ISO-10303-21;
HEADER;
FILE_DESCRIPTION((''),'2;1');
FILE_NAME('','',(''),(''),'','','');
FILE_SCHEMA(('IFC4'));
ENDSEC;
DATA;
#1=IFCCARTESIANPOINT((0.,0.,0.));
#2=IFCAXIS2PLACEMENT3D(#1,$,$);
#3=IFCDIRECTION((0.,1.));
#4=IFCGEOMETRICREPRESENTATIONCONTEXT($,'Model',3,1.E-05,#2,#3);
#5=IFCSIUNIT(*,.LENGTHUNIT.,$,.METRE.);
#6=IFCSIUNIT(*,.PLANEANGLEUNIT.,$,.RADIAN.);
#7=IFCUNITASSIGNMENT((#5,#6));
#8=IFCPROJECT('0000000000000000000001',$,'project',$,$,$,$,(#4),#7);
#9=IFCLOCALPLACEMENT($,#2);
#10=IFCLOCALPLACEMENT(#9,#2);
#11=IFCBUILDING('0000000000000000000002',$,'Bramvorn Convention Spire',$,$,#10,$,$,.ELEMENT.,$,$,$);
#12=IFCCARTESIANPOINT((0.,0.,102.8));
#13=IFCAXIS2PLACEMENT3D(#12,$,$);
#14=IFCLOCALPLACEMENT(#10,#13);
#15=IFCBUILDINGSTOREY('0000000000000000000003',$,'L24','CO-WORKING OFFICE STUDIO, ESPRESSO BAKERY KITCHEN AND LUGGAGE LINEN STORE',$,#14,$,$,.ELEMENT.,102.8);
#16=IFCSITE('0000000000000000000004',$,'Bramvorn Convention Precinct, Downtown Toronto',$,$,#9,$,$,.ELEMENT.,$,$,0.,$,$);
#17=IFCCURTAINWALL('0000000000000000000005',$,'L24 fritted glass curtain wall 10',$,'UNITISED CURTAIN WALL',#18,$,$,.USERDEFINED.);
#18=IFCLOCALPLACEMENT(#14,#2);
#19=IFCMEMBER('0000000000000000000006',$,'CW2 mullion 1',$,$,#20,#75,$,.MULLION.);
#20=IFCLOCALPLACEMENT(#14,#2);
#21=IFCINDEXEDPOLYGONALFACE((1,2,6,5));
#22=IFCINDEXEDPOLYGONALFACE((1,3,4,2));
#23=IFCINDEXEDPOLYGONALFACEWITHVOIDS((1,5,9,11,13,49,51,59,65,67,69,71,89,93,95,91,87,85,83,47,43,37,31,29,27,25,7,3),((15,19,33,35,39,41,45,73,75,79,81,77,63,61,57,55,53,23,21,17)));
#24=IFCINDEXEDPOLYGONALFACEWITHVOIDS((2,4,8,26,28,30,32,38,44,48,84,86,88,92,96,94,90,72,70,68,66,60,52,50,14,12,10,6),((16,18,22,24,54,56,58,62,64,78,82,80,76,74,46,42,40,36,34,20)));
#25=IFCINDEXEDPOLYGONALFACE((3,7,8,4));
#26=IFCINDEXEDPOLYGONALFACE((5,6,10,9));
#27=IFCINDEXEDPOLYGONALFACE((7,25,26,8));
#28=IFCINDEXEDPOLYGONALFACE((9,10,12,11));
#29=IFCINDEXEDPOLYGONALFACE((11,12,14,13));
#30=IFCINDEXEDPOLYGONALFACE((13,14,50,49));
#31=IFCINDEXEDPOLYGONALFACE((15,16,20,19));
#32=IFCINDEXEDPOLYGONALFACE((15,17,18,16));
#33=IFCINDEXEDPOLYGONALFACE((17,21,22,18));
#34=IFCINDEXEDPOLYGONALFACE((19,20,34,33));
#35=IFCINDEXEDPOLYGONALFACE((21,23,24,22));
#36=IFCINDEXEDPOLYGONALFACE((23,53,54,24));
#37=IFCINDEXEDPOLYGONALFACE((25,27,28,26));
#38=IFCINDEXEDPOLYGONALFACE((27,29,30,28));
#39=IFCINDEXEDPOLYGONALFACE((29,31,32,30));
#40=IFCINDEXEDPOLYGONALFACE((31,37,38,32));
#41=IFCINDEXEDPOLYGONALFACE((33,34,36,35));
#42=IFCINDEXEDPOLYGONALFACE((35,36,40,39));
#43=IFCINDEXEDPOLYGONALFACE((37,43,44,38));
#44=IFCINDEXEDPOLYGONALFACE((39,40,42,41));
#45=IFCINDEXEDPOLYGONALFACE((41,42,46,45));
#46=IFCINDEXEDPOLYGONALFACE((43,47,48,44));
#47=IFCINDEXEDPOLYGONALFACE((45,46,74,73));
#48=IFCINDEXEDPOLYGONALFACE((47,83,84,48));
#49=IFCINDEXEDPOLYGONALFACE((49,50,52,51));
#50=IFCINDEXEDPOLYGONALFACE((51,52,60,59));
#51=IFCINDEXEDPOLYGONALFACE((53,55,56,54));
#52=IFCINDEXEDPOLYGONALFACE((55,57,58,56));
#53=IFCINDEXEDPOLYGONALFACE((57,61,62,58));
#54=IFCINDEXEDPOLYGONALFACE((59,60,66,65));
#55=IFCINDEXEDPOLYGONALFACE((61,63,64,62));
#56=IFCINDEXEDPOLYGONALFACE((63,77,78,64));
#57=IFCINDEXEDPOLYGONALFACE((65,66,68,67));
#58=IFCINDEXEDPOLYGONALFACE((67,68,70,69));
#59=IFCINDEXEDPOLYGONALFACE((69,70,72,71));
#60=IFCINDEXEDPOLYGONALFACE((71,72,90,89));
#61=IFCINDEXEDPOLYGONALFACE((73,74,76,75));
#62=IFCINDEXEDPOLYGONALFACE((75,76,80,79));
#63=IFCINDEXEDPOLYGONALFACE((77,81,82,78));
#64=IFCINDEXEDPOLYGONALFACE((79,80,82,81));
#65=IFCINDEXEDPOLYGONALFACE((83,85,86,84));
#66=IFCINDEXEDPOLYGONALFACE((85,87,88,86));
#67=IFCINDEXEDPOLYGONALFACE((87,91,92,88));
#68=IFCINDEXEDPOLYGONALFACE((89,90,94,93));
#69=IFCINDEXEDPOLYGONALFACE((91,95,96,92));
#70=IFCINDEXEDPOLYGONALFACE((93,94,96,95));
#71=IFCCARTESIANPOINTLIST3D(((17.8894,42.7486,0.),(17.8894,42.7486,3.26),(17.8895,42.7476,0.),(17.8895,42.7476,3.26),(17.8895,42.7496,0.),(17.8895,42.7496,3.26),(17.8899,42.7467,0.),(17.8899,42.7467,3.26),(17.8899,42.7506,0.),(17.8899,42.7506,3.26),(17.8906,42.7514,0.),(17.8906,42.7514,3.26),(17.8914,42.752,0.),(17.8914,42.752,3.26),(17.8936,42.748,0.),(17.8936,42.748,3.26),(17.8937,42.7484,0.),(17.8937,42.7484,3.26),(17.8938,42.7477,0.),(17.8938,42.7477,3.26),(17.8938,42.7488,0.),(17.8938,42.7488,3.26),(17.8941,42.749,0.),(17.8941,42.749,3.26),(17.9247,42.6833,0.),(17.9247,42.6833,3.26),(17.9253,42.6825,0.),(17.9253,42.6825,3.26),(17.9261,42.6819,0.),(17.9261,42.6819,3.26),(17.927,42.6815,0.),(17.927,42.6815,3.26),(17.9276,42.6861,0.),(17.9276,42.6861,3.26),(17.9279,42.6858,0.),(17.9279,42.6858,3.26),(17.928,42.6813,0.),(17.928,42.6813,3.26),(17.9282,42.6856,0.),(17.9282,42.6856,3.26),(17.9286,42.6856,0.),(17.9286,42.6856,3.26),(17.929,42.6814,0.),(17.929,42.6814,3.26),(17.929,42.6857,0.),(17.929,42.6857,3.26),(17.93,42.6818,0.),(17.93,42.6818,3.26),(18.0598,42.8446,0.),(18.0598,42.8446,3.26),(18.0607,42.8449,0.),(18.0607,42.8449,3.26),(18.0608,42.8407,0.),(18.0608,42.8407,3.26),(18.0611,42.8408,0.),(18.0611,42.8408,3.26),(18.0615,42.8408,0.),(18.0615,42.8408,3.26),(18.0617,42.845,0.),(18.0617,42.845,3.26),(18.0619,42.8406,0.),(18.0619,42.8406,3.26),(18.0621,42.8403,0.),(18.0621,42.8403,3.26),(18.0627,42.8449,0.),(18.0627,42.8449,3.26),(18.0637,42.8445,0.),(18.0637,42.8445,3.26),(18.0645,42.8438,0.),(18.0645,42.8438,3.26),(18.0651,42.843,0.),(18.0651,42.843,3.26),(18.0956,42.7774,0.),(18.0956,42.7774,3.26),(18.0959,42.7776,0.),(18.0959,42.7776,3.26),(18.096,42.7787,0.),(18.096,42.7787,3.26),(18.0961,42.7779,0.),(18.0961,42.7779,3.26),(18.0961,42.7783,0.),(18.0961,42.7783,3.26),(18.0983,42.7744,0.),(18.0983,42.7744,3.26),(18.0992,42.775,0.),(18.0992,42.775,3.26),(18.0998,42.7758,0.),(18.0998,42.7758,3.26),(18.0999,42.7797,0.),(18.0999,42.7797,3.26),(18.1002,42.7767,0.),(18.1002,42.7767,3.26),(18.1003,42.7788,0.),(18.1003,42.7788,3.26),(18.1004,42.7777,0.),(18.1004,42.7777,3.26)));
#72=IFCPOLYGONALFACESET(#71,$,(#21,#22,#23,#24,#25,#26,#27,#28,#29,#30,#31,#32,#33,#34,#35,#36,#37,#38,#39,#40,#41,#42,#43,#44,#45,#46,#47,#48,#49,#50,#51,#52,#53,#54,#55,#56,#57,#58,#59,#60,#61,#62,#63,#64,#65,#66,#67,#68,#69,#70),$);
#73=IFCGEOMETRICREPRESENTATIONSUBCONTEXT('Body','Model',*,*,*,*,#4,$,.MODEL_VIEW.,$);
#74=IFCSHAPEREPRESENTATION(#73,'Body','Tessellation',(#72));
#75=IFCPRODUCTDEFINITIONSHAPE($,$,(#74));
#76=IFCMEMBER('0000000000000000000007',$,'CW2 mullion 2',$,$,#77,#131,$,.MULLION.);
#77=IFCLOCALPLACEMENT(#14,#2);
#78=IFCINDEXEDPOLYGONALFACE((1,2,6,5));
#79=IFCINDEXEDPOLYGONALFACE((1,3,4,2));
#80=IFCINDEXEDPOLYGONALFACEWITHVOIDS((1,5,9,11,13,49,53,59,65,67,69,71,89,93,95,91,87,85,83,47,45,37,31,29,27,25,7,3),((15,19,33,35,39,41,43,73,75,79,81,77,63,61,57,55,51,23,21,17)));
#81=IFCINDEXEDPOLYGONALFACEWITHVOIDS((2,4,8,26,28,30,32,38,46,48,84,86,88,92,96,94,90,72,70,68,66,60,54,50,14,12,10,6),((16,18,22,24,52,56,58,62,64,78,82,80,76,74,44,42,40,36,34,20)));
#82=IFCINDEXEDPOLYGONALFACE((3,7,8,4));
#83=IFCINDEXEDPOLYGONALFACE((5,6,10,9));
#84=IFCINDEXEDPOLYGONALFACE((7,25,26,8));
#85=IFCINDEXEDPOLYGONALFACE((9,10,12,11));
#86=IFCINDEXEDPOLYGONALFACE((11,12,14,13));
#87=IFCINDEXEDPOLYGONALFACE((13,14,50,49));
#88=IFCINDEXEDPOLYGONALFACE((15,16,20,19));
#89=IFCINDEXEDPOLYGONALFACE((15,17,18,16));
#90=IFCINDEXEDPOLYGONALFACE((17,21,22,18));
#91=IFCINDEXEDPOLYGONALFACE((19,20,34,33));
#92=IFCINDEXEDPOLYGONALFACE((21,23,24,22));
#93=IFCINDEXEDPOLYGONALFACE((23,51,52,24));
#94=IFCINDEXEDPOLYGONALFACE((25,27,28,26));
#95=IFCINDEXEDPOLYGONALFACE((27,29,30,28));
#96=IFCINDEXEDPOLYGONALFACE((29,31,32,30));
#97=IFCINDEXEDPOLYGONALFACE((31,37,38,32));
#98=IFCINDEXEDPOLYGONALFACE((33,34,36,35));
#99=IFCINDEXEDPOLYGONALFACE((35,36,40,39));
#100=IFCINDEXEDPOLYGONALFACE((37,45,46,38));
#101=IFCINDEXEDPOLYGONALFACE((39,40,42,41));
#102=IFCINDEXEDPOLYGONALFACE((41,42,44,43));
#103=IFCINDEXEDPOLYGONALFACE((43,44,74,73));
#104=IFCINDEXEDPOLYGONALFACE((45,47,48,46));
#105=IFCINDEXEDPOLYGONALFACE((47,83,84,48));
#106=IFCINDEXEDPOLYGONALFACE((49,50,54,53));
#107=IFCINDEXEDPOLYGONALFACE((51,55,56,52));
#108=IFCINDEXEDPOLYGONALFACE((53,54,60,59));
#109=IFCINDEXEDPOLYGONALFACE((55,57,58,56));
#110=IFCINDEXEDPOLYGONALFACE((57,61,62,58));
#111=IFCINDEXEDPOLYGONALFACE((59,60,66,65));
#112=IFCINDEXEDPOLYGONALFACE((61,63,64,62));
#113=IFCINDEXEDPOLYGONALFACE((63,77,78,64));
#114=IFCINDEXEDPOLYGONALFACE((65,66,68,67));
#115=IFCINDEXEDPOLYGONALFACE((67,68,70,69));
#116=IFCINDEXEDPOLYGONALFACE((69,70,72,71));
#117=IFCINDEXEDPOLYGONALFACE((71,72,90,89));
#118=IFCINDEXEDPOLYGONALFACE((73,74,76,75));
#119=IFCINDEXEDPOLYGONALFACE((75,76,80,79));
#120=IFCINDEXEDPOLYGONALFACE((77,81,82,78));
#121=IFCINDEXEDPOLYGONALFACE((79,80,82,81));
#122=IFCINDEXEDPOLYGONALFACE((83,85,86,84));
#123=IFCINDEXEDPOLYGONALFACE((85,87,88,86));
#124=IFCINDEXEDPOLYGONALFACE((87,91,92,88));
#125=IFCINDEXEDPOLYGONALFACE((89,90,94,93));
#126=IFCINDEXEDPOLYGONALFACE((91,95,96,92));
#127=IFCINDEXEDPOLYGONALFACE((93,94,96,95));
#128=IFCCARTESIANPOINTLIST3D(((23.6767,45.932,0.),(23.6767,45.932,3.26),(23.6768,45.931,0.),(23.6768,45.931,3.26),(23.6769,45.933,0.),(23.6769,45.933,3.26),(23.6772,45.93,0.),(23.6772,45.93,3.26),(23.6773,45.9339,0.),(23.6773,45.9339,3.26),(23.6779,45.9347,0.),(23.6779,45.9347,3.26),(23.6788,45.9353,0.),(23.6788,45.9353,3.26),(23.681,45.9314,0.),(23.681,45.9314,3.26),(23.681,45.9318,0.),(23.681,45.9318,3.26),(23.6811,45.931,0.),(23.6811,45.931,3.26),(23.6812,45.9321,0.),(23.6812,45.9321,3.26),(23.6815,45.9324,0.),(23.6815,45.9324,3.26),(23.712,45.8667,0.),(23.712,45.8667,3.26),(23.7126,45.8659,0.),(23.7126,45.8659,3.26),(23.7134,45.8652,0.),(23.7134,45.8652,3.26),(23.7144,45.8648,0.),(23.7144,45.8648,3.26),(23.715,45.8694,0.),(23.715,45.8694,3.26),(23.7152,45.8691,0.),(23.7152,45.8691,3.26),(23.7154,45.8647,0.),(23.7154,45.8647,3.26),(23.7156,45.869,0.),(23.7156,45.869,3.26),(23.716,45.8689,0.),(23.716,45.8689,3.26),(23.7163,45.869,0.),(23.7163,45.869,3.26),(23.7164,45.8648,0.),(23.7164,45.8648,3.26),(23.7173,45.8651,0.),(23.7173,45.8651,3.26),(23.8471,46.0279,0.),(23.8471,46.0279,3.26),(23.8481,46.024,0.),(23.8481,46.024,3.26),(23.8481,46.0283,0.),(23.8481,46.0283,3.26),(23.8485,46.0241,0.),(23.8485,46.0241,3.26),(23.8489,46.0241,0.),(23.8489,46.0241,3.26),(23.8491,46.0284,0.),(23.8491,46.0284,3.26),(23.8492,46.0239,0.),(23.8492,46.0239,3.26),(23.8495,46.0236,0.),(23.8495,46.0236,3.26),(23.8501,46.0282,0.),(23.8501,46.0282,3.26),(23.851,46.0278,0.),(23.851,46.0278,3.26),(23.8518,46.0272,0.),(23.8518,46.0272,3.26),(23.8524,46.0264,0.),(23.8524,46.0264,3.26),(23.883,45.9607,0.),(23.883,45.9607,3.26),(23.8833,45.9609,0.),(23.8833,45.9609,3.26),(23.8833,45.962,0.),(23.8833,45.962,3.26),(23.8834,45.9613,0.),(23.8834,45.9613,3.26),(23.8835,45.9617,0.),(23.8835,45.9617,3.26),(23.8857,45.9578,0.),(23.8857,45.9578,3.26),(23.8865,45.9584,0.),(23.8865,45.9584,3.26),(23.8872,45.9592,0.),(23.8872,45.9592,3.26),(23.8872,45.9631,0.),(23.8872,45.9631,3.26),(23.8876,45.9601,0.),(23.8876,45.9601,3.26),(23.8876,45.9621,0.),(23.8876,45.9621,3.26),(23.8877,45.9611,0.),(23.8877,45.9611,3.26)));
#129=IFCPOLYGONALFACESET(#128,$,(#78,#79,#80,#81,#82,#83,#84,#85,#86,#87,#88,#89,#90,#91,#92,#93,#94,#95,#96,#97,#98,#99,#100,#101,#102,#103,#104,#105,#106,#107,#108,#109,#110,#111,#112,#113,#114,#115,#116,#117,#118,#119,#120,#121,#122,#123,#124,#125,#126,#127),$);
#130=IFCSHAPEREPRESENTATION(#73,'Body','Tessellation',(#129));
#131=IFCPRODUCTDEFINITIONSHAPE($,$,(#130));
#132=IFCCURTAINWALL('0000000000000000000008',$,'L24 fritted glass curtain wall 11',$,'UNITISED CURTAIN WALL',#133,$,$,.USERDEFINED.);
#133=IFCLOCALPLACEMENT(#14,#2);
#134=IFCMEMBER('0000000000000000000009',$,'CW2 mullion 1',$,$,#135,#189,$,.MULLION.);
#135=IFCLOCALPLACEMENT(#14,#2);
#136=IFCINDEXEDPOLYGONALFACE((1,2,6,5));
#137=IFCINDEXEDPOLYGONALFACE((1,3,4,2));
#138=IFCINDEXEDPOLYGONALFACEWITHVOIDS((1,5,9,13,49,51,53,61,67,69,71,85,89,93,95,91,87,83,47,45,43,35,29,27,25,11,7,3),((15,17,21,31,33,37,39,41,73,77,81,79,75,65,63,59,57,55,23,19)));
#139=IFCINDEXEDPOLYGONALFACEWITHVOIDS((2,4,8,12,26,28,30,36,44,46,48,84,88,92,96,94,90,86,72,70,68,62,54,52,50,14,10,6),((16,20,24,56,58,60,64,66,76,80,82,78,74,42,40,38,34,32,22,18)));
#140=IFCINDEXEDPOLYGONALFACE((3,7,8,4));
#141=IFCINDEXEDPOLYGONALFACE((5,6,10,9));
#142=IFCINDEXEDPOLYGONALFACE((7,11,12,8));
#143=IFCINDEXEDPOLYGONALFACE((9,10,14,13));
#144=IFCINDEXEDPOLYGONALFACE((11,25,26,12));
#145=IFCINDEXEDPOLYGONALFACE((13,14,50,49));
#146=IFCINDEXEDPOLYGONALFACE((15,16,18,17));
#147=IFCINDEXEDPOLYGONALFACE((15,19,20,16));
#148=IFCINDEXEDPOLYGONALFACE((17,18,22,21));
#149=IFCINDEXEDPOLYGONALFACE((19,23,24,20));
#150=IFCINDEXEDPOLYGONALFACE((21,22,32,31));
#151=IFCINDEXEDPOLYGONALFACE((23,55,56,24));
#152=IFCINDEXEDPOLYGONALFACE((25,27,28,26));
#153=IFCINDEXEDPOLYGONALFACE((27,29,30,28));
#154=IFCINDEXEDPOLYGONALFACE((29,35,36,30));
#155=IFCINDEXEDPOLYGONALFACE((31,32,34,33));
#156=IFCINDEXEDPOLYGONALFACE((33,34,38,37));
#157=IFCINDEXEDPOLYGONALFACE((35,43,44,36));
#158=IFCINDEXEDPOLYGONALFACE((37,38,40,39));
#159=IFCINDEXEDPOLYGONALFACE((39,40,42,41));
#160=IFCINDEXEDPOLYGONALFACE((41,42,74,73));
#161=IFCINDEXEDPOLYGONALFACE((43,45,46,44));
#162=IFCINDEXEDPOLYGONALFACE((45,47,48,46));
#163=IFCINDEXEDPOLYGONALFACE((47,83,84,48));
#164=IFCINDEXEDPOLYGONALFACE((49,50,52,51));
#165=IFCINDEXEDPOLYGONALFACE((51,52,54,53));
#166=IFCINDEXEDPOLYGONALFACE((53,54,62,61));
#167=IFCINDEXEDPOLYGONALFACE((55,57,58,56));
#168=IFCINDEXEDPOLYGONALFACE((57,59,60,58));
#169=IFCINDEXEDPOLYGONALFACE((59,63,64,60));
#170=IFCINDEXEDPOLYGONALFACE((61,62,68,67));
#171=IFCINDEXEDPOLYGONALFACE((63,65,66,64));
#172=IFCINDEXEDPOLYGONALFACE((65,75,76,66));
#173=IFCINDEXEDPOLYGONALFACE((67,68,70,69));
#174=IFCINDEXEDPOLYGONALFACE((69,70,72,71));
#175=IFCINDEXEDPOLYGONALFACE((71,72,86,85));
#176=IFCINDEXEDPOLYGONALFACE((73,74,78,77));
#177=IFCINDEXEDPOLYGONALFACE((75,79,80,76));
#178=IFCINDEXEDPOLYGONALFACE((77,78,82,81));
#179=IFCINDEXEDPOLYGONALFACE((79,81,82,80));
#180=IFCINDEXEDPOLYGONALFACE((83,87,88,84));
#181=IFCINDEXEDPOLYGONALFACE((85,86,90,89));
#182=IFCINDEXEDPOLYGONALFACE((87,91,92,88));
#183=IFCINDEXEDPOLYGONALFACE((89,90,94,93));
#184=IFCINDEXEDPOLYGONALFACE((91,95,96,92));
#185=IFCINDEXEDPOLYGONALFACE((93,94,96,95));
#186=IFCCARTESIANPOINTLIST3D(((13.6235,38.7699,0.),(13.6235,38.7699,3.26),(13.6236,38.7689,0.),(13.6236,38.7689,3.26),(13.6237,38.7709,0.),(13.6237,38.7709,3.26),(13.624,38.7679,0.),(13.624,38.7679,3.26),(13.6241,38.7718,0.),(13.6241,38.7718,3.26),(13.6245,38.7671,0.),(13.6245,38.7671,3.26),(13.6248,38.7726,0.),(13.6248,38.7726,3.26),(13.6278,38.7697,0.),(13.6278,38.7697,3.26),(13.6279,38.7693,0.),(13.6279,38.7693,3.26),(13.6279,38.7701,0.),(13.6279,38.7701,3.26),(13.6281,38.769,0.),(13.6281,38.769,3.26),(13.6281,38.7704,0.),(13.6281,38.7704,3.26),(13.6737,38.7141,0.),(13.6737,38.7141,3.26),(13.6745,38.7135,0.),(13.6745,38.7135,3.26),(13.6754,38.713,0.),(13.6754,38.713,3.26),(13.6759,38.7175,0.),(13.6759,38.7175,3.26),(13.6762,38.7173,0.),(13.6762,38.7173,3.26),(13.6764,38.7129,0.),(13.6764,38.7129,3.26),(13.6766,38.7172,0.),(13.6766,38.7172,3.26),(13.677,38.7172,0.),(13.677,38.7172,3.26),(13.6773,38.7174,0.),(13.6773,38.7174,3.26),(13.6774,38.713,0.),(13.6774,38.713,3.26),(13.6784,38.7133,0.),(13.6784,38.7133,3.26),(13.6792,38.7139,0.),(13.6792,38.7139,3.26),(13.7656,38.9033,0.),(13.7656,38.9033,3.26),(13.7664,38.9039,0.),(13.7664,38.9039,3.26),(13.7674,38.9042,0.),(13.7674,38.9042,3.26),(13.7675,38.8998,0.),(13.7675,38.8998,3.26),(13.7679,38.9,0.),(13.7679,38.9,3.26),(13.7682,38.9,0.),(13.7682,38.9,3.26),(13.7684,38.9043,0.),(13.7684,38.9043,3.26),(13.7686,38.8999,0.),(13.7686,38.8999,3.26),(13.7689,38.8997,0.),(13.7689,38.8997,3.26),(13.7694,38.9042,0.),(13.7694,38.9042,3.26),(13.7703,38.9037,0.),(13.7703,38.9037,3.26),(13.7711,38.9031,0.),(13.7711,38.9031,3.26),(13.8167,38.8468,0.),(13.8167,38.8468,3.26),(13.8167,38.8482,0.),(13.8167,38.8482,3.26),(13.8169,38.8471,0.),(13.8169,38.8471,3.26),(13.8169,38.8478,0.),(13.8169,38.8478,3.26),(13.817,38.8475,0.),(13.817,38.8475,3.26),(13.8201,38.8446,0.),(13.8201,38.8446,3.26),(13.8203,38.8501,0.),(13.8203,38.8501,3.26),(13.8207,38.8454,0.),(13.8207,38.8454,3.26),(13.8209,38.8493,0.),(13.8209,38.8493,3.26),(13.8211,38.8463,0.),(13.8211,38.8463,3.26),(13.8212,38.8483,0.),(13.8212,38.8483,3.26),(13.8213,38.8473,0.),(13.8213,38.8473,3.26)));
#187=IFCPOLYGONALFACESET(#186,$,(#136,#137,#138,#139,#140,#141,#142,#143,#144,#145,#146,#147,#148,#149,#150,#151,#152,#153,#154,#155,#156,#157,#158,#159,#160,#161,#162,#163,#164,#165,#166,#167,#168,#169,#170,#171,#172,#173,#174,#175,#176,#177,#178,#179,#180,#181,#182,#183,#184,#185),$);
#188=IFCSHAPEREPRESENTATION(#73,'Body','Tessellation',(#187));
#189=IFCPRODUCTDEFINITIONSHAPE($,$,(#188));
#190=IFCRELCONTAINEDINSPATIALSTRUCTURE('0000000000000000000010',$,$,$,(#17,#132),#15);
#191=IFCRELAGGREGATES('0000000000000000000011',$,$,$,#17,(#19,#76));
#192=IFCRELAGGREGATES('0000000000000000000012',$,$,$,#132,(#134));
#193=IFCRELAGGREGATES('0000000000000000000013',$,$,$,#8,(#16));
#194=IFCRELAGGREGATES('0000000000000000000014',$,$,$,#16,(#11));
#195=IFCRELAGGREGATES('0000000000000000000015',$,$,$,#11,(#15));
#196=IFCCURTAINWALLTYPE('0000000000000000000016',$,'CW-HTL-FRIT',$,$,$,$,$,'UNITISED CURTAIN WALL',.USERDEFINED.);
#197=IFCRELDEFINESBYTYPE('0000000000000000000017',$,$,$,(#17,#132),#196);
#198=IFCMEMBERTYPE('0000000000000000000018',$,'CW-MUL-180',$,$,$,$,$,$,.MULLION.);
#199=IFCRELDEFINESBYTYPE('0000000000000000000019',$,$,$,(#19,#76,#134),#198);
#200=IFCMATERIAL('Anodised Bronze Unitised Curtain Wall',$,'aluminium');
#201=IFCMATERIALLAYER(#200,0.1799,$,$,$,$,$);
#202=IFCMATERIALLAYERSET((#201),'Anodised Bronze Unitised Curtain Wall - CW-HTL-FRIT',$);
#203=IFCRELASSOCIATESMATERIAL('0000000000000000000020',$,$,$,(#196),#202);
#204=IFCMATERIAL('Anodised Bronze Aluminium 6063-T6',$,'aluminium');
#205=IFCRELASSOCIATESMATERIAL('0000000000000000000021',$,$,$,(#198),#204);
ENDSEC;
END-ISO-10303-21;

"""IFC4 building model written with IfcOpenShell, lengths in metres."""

from ifc_helpers import new_model, si_unit, direction, frame, origin, origin_2d, place, context, subcontext, project, spatial, hollow_rectangle, extrude, material, layer, layer_set, material_profile, profile_set, type_object, element, aggregate, save


model = new_model("IFC4")

# Units and contexts
model_context = context("Model", 3, precision=1e-05, world=origin(), true_north=direction((0.0, 1.0)))
body_context = subcontext(model_context, "Body", "Model", "MODEL_VIEW")
ifc_project = project(units=[si_unit("LENGTHUNIT", "METRE"), si_unit("PLANEANGLEUNIT", "RADIAN")], contexts=[model_context])

# Site, building, storey
site_placement = place(None, origin())
site = spatial("IfcSite", under=ifc_project, at=site_placement, Name="Bramvorn Convention Precinct, Downtown Toronto", CompositionType="ELEMENT", RefElevation=0.0)
building_placement = place(site_placement, origin())
building = spatial("IfcBuilding", under=site, at=building_placement, Name="Bramvorn Convention Spire", CompositionType="ELEMENT")
storey_placement = place(building_placement, frame((0.0, 0.0, 102.8)))
storey = spatial("IfcBuildingStorey", under=building, at=storey_placement, Name="L24", Description="CO-WORKING OFFICE STUDIO, ESPRESSO BAKERY KITCHEN AND LUGGAGE LINEN STORE", CompositionType="ELEMENT", Elevation=102.8)

# Curtain walls, members
ifc_material_1 = material(Name="Anodised Bronze Unitised Curtain Wall", Category="aluminium")
ifc_layer_1 = layer(ifc_material_1, 0.1799)
ifc_layer_set_1 = layer_set([ifc_layer_1], Name="Anodised Bronze Unitised Curtain Wall - CW-HTL-FRIT")
curtain_wall_type = type_object("IfcCurtainWallType", Name="CW-HTL-FRIT", ElementType="UNITISED CURTAIN WALL", PredefinedType="USERDEFINED", material=ifc_layer_set_1)
curtain_wall_1_placement = place(storey_placement, origin())
curtain_wall_1 = element("IfcCurtainWall", 1, at=curtain_wall_1_placement, inside=storey, type_object=curtain_wall_type, Name="L24 fritted glass curtain wall 10", ObjectType="UNITISED CURTAIN WALL", PredefinedType="USERDEFINED")
ifc_material_2 = material(Name="Anodised Bronze Aluminium 6063-T6", Category="aluminium")
ifc_material_profile_1 = material_profile(ifc_material_2, hollow_rectangle(XDim=0.0801, YDim=0.2, WallThickness=0.0039, InnerFilletRadius=0.001, OuterFilletRadius=0.0039, at=origin_2d()))
ifc_profile_set_1 = profile_set([ifc_material_profile_1], Name="Anodised Bronze Aluminium 6063-T6 - CWM80X200")
member_type_1 = type_object("IfcMemberType", Name="CW-MUL-180", PredefinedType="MULLION", material=ifc_profile_set_1)
member_1_placement = place(storey_placement, frame((17.9949, 42.7632, 0.0), z_axis=(0.0, 0.0, 1.0), x_axis=(-0.48196, 0.876193, 0.0)))
member_1 = element("IfcMember", 2, at=member_1_placement, type_object=member_type_1, Name="CW2 mullion 1", PredefinedType="MULLION", context=body_context, shape_type="SweptSolid", body=[
    extrude(hollow_rectangle(XDim=0.0801, YDim=0.2, WallThickness=0.0039, InnerFilletRadius=0.001, OuterFilletRadius=0.0039, at=origin_2d()), origin(), (0.0, 0.0, 1.0), 3.26),
])
member_2_placement = place(storey_placement, frame((23.7822, 45.9465, 0.0), z_axis=(0.0, 0.0, 1.0), x_axis=(-0.48196, 0.876193, 0.0)))
member_2 = element("IfcMember", 3, at=member_2_placement, type_object=member_type_1, Name="CW2 mullion 2", PredefinedType="MULLION", context=body_context, shape_type="SweptSolid", body=[
    extrude(hollow_rectangle(XDim=0.0801, YDim=0.2, WallThickness=0.0039, InnerFilletRadius=0.001, OuterFilletRadius=0.0039, at=origin_2d()), origin(), (0.0, 0.0, 1.0), 3.26),
])
curtain_wall_2_placement = place(storey_placement, origin())
curtain_wall_2 = element("IfcCurtainWall", 4, at=curtain_wall_2_placement, inside=storey, type_object=curtain_wall_type, Name="L24 fritted glass curtain wall 11", ObjectType="UNITISED CURTAIN WALL", PredefinedType="USERDEFINED")
member_3_placement = place(storey_placement, frame((13.7224, 38.8086, 0.0), z_axis=(0.0, 0.0, 1.0), x_axis=(-0.680182, 0.733044, 0.0)))
member_3 = element("IfcMember", 5, at=member_3_placement, type_object=member_type_1, Name="CW2 mullion 1", PredefinedType="MULLION", context=body_context, shape_type="SweptSolid", body=[
    extrude(hollow_rectangle(XDim=0.0801, YDim=0.2, WallThickness=0.0039, InnerFilletRadius=0.001, OuterFilletRadius=0.0039, at=origin_2d()), origin(), (0.0, 0.0, 1.0), 3.26),
])

aggregate(curtain_wall_1, [member_1, member_2])
aggregate(curtain_wall_2, [member_3])

save(model, "model.ifc")
